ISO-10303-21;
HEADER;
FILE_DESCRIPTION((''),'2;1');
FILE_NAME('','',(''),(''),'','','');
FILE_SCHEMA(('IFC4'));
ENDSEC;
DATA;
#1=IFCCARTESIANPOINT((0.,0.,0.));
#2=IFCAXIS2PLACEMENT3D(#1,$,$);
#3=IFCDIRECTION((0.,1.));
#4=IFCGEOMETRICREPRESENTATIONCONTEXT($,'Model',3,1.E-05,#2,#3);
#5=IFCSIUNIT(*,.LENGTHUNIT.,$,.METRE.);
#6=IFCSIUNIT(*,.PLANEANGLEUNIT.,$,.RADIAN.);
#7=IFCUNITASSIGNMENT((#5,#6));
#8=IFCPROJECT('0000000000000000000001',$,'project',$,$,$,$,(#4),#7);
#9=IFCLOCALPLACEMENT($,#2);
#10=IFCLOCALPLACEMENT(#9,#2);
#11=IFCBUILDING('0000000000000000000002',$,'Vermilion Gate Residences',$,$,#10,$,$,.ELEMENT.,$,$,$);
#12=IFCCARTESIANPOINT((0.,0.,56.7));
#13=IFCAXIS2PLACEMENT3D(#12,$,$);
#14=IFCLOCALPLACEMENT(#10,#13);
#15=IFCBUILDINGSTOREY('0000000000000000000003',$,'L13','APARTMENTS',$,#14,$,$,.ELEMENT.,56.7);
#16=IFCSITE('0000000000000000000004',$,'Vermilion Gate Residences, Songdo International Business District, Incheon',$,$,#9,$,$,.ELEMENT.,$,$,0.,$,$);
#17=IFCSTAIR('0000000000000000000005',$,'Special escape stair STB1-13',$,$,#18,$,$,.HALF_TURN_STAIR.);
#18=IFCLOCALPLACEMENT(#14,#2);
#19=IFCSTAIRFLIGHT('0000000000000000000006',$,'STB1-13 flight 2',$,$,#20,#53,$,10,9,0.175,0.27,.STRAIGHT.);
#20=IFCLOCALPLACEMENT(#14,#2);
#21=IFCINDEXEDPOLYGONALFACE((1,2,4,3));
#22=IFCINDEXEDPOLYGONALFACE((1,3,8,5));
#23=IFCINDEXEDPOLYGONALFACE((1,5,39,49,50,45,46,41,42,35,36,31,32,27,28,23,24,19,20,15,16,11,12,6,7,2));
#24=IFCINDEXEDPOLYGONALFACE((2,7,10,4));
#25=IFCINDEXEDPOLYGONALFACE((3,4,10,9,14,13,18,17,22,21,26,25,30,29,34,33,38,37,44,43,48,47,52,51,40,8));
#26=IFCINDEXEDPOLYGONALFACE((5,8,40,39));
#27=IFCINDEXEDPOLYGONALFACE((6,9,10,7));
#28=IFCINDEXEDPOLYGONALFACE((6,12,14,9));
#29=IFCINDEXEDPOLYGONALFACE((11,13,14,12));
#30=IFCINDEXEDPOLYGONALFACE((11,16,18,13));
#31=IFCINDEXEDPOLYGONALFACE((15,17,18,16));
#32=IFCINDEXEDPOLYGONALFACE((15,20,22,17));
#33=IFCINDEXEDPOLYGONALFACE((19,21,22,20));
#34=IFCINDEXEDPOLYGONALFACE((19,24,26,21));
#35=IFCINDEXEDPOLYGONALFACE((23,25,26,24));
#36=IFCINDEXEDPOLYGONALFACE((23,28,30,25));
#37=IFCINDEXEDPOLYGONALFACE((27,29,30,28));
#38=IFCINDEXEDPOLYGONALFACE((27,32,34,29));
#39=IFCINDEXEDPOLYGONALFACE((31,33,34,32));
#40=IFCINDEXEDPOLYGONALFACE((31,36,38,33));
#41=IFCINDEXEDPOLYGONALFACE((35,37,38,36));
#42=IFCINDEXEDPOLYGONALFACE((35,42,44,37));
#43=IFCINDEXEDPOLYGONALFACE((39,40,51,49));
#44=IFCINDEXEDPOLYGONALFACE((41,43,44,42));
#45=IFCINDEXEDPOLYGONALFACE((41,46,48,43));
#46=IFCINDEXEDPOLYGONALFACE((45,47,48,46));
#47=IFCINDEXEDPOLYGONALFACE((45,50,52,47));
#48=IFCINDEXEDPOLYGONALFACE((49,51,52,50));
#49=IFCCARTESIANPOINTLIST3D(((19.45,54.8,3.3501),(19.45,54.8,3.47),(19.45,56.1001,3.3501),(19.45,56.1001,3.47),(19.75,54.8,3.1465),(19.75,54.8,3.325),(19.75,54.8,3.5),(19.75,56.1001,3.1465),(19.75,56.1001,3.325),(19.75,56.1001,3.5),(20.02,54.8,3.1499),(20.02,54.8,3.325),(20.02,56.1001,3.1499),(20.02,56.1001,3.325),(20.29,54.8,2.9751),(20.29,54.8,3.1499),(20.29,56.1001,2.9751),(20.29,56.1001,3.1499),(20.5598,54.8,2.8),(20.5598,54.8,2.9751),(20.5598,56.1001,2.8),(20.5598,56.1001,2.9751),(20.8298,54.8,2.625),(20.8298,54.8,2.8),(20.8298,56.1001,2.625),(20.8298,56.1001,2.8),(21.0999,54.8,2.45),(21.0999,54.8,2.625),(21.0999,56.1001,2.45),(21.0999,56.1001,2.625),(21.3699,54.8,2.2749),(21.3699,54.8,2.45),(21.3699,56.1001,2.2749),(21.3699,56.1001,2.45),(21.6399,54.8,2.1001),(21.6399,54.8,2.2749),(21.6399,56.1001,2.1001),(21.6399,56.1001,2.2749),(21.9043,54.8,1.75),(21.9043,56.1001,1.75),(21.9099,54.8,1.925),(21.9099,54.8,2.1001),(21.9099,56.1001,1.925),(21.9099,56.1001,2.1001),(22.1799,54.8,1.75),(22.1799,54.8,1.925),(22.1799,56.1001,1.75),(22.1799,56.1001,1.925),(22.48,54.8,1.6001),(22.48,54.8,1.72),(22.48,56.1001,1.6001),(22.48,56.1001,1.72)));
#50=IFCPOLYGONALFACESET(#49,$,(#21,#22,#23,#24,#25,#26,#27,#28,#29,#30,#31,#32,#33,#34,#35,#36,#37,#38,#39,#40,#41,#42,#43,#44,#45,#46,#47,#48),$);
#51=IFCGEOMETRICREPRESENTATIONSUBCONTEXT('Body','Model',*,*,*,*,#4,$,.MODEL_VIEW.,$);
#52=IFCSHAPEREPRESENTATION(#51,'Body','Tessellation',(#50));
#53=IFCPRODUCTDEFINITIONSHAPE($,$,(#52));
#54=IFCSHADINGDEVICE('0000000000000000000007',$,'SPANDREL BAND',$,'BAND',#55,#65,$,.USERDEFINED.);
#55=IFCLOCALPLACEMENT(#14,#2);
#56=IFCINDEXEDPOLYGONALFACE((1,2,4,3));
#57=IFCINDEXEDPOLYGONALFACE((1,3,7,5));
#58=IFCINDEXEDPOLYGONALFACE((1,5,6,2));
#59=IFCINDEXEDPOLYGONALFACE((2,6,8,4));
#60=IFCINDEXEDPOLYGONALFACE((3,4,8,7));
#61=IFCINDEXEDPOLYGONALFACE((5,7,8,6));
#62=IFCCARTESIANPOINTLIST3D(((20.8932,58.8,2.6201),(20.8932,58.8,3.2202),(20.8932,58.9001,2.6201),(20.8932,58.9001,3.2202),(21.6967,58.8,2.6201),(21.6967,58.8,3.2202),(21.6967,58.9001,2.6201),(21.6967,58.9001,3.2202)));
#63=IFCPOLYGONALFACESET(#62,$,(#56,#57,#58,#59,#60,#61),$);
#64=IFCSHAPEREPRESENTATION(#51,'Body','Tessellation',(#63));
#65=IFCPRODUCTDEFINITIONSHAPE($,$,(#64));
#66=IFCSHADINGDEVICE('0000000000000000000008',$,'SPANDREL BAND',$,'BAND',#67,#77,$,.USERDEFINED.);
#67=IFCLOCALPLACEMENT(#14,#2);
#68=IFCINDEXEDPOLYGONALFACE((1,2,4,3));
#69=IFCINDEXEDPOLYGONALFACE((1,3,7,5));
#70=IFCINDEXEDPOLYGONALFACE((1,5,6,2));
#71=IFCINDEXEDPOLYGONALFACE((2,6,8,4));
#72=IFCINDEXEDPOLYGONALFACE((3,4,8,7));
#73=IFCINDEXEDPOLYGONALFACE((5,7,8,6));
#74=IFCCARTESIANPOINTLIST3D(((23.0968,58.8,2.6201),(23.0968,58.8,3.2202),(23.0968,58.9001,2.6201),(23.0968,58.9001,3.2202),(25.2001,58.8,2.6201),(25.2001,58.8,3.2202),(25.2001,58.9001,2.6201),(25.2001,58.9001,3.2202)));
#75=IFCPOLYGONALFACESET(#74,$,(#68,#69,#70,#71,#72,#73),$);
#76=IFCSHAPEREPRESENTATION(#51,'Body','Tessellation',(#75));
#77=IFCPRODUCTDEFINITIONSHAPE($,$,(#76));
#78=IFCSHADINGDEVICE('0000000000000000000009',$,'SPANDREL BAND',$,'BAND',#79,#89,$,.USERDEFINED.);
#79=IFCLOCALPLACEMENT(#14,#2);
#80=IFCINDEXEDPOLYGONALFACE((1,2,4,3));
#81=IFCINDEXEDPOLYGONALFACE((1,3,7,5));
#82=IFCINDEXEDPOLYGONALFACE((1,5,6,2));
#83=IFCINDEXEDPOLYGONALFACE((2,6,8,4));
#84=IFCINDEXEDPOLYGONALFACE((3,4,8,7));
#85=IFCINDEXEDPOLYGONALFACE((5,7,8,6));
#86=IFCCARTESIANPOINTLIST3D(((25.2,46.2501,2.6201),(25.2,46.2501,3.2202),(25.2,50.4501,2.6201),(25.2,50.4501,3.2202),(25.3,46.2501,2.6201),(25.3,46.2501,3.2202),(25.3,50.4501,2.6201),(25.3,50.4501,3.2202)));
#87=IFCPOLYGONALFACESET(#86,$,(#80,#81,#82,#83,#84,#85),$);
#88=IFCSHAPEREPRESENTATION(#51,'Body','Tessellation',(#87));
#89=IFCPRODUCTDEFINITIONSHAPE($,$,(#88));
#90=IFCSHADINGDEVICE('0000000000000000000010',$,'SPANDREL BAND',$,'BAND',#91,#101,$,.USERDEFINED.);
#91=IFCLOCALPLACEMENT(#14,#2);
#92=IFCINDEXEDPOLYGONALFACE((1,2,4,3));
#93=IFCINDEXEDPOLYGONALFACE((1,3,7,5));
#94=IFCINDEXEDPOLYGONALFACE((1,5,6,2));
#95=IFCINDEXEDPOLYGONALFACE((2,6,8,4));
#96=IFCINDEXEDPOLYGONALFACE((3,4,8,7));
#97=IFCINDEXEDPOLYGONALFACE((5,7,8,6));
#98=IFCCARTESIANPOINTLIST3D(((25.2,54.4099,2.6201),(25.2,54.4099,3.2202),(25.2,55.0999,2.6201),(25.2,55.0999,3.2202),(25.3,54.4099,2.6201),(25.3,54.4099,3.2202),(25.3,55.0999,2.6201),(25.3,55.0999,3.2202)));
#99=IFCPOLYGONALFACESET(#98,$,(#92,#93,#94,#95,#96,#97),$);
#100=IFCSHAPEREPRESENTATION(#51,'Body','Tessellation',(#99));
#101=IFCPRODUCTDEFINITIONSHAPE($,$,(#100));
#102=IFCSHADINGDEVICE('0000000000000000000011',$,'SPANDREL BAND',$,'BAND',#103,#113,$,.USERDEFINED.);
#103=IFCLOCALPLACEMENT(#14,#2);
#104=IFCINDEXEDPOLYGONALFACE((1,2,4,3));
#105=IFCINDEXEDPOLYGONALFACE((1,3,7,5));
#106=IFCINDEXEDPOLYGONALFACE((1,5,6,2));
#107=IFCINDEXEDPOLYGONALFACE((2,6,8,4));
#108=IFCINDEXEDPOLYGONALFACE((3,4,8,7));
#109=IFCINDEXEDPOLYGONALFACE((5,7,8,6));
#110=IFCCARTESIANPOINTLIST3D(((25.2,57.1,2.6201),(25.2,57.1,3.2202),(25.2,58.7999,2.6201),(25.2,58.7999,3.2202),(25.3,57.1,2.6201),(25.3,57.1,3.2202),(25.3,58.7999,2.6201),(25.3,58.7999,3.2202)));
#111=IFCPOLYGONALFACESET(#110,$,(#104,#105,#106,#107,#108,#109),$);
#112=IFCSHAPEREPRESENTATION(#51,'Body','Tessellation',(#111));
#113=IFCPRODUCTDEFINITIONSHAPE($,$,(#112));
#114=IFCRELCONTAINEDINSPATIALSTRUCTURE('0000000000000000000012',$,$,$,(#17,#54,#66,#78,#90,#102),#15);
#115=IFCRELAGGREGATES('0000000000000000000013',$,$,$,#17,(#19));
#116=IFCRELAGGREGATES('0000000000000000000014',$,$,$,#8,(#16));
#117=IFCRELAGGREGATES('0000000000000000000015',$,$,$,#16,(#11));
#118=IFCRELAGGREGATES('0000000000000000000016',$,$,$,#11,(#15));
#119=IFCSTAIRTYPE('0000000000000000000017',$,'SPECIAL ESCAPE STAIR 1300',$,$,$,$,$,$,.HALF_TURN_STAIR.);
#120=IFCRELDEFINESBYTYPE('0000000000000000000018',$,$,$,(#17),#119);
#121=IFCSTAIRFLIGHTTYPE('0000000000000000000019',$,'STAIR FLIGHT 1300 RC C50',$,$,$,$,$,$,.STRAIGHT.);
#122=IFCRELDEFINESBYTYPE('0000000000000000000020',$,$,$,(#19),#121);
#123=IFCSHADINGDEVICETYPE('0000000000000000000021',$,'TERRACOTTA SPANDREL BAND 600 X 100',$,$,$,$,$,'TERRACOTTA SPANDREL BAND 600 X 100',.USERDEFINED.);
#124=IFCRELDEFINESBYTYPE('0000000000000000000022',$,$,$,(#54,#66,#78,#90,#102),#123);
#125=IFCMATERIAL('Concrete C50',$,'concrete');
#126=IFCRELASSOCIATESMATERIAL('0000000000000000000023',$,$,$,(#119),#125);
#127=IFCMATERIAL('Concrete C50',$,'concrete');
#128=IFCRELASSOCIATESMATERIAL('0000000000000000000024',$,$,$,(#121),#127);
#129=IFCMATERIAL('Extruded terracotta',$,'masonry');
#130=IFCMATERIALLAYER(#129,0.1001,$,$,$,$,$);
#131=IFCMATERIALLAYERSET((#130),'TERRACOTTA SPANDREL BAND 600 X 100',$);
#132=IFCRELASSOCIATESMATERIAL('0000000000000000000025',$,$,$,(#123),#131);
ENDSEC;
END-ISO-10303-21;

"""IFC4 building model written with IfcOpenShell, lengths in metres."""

from ifc_helpers import new_model, si_unit, direction, frame, origin, origin_2d, place, context, subcontext, project, spatial, polyline, rectangle, outline, extrude, material, layer, layer_set, type_object, element, aggregate, save


model = new_model("IFC4")

# Units and contexts
model_context = context("Model", 3, precision=1e-05, world=origin(), true_north=direction((0.0, 1.0)))
body_context = subcontext(model_context, "Body", "Model", "MODEL_VIEW")
ifc_project = project(units=[si_unit("LENGTHUNIT", "METRE"), si_unit("PLANEANGLEUNIT", "RADIAN")], contexts=[model_context])

# Site, building, storey
site_placement = place(None, origin())
site = spatial("IfcSite", under=ifc_project, at=site_placement, Name="Vermilion Gate Residences, Songdo International Business District, Incheon", CompositionType="ELEMENT", RefElevation=0.0)
building_placement = place(site_placement, origin())
building = spatial("IfcBuilding", under=site, at=building_placement, Name="Vermilion Gate Residences", CompositionType="ELEMENT")
storey_placement = place(building_placement, frame((0.0, 0.0, 56.7)))
storey = spatial("IfcBuildingStorey", under=building, at=storey_placement, Name="L13", Description="APARTMENTS", CompositionType="ELEMENT", Elevation=56.7)

# Stair, stair flight
ifc_material_1 = material(Name="Concrete C50", Category="concrete")
stair_type = type_object("IfcStairType", Name="SPECIAL ESCAPE STAIR 1300", PredefinedType="HALF_TURN_STAIR", material=ifc_material_1)
stair_placement = place(storey_placement, origin())
stair = element("IfcStair", 1, at=stair_placement, inside=storey, type_object=stair_type, Name="Special escape stair STB1-13", PredefinedType="HALF_TURN_STAIR")
ifc_material_2 = material(Name="Concrete C50", Category="concrete")
stair_flight_type = type_object("IfcStairFlightType", Name="STAIR FLIGHT 1300 RC C50", PredefinedType="STRAIGHT", material=ifc_material_2)
stair_flight_1_placement = place(storey_placement, frame((22.1799, 55.45, 1.75), z_axis=(0.0, 0.0, 1.0), x_axis=(-1.0, 0.0, 0.0)))
stair_flight_1 = element("IfcStairFlight", 2, at=stair_flight_1_placement, type_object=stair_flight_type, Name="STB1-13 flight 2", NumberOfRisers=10, NumberOfTreads=9, PredefinedType="STRAIGHT", RiserHeight=0.175, TreadLength=0.27, context=body_context, shape_type="SweptSolid", body=[
    extrude(outline(polyline([(-0.3, -0.1499), (-0.3, -0.03), (0.0, 0.0), (0.0, 0.175), (0.27, 0.175), (0.27, 0.3501), (0.54, 0.3501), (0.54, 0.5249), (0.8101, 0.5249), (0.8101, 0.7), (1.0801, 0.7), (1.0801, 0.875), (1.3501, 0.875), (1.3501, 1.05), (1.6201, 1.05), (1.6201, 1.2251), (1.8899, 1.2251), (1.8899, 1.3999), (2.1599, 1.3999), (2.1599, 1.575), (2.4299, 1.575), (2.4299, 1.75), (2.73, 1.72), (2.73, 1.6001), (2.4299, 1.3965), (0.2756, 0.0), (-0.3, -0.1499)])), frame((0.0, 0.6499, 0.0), z_axis=(0.0, -1.0, 0.0), x_axis=(1.0, 0.0, 0.0)), (0.0, 0.0, 1.0), 1.3),
])
aggregate(stair, [stair_flight_1])

# Shading devices
ifc_material_3 = material(Name="Extruded terracotta", Category="masonry")
ifc_layer_1 = layer(ifc_material_3, 0.1001)
ifc_layer_set_1 = layer_set([ifc_layer_1], Name="TERRACOTTA SPANDREL BAND 600 X 100")
shading_device_type = type_object("IfcShadingDeviceType", Name="TERRACOTTA SPANDREL BAND 600 X 100", ElementType="TERRACOTTA SPANDREL BAND 600 X 100", PredefinedType="USERDEFINED", material=ifc_layer_set_1)
shading_device_1_placement = place(storey_placement, frame((21.2949, 58.8501, 2.6201), z_axis=(0.0, 0.0, 1.0), x_axis=(1.0, 0.0, 0.0)))
element("IfcShadingDevice", 3, at=shading_device_1_placement, inside=storey, type_object=shading_device_type, Name="SPANDREL BAND", ObjectType="BAND", PredefinedType="USERDEFINED", context=body_context, shape_type="SweptSolid", body=[
    extrude(rectangle(XDim=0.8035, YDim=0.1001, at=origin_2d()), origin(), (0.0, 0.0, 1.0), 0.6001),
])
shading_device_2_placement = place(storey_placement, frame((24.1484, 58.8501, 2.6201), z_axis=(0.0, 0.0, 1.0), x_axis=(1.0, 0.0, 0.0)))
element("IfcShadingDevice", 4, at=shading_device_2_placement, inside=storey, type_object=shading_device_type, Name="SPANDREL BAND", ObjectType="BAND", PredefinedType="USERDEFINED", context=body_context, shape_type="SweptSolid", body=[
    extrude(rectangle(XDim=2.1033, YDim=0.1001, at=origin_2d()), origin(), (0.0, 0.0, 1.0), 0.6001),
])
shading_device_3_placement = place(storey_placement, frame((25.25, 48.3501, 2.6201), z_axis=(0.0, 0.0, 1.0), x_axis=(0.0, 1.0, 0.0)))
element("IfcShadingDevice", 5, at=shading_device_3_placement, inside=storey, type_object=shading_device_type, Name="SPANDREL BAND", ObjectType="BAND", PredefinedType="USERDEFINED", context=body_context, shape_type="SweptSolid", body=[
    extrude(rectangle(XDim=4.2, YDim=0.1001, at=origin_2d()), origin(), (0.0, 0.0, 1.0), 0.6001),
])
shading_device_4_placement = place(storey_placement, frame((25.25, 54.7549, 2.6201), z_axis=(0.0, 0.0, 1.0), x_axis=(0.0, 1.0, 0.0)))
element("IfcShadingDevice", 6, at=shading_device_4_placement, inside=storey, type_object=shading_device_type, Name="SPANDREL BAND", ObjectType="BAND", PredefinedType="USERDEFINED", context=body_context, shape_type="SweptSolid", body=[
    extrude(rectangle(XDim=0.6899, YDim=0.1001, at=origin_2d()), origin(), (0.0, 0.0, 1.0), 0.6001),
])
shading_device_5_placement = place(storey_placement, frame((25.25, 57.95, 2.6201), z_axis=(0.0, 0.0, 1.0), x_axis=(0.0, 1.0, 0.0)))
element("IfcShadingDevice", 7, at=shading_device_5_placement, inside=storey, type_object=shading_device_type, Name="SPANDREL BAND", ObjectType="BAND", PredefinedType="USERDEFINED", context=body_context, shape_type="SweptSolid", body=[
    extrude(rectangle(XDim=1.7, YDim=0.1001, at=origin_2d()), origin(), (0.0, 0.0, 1.0), 0.6001),
])

save(model, "model.ifc")
